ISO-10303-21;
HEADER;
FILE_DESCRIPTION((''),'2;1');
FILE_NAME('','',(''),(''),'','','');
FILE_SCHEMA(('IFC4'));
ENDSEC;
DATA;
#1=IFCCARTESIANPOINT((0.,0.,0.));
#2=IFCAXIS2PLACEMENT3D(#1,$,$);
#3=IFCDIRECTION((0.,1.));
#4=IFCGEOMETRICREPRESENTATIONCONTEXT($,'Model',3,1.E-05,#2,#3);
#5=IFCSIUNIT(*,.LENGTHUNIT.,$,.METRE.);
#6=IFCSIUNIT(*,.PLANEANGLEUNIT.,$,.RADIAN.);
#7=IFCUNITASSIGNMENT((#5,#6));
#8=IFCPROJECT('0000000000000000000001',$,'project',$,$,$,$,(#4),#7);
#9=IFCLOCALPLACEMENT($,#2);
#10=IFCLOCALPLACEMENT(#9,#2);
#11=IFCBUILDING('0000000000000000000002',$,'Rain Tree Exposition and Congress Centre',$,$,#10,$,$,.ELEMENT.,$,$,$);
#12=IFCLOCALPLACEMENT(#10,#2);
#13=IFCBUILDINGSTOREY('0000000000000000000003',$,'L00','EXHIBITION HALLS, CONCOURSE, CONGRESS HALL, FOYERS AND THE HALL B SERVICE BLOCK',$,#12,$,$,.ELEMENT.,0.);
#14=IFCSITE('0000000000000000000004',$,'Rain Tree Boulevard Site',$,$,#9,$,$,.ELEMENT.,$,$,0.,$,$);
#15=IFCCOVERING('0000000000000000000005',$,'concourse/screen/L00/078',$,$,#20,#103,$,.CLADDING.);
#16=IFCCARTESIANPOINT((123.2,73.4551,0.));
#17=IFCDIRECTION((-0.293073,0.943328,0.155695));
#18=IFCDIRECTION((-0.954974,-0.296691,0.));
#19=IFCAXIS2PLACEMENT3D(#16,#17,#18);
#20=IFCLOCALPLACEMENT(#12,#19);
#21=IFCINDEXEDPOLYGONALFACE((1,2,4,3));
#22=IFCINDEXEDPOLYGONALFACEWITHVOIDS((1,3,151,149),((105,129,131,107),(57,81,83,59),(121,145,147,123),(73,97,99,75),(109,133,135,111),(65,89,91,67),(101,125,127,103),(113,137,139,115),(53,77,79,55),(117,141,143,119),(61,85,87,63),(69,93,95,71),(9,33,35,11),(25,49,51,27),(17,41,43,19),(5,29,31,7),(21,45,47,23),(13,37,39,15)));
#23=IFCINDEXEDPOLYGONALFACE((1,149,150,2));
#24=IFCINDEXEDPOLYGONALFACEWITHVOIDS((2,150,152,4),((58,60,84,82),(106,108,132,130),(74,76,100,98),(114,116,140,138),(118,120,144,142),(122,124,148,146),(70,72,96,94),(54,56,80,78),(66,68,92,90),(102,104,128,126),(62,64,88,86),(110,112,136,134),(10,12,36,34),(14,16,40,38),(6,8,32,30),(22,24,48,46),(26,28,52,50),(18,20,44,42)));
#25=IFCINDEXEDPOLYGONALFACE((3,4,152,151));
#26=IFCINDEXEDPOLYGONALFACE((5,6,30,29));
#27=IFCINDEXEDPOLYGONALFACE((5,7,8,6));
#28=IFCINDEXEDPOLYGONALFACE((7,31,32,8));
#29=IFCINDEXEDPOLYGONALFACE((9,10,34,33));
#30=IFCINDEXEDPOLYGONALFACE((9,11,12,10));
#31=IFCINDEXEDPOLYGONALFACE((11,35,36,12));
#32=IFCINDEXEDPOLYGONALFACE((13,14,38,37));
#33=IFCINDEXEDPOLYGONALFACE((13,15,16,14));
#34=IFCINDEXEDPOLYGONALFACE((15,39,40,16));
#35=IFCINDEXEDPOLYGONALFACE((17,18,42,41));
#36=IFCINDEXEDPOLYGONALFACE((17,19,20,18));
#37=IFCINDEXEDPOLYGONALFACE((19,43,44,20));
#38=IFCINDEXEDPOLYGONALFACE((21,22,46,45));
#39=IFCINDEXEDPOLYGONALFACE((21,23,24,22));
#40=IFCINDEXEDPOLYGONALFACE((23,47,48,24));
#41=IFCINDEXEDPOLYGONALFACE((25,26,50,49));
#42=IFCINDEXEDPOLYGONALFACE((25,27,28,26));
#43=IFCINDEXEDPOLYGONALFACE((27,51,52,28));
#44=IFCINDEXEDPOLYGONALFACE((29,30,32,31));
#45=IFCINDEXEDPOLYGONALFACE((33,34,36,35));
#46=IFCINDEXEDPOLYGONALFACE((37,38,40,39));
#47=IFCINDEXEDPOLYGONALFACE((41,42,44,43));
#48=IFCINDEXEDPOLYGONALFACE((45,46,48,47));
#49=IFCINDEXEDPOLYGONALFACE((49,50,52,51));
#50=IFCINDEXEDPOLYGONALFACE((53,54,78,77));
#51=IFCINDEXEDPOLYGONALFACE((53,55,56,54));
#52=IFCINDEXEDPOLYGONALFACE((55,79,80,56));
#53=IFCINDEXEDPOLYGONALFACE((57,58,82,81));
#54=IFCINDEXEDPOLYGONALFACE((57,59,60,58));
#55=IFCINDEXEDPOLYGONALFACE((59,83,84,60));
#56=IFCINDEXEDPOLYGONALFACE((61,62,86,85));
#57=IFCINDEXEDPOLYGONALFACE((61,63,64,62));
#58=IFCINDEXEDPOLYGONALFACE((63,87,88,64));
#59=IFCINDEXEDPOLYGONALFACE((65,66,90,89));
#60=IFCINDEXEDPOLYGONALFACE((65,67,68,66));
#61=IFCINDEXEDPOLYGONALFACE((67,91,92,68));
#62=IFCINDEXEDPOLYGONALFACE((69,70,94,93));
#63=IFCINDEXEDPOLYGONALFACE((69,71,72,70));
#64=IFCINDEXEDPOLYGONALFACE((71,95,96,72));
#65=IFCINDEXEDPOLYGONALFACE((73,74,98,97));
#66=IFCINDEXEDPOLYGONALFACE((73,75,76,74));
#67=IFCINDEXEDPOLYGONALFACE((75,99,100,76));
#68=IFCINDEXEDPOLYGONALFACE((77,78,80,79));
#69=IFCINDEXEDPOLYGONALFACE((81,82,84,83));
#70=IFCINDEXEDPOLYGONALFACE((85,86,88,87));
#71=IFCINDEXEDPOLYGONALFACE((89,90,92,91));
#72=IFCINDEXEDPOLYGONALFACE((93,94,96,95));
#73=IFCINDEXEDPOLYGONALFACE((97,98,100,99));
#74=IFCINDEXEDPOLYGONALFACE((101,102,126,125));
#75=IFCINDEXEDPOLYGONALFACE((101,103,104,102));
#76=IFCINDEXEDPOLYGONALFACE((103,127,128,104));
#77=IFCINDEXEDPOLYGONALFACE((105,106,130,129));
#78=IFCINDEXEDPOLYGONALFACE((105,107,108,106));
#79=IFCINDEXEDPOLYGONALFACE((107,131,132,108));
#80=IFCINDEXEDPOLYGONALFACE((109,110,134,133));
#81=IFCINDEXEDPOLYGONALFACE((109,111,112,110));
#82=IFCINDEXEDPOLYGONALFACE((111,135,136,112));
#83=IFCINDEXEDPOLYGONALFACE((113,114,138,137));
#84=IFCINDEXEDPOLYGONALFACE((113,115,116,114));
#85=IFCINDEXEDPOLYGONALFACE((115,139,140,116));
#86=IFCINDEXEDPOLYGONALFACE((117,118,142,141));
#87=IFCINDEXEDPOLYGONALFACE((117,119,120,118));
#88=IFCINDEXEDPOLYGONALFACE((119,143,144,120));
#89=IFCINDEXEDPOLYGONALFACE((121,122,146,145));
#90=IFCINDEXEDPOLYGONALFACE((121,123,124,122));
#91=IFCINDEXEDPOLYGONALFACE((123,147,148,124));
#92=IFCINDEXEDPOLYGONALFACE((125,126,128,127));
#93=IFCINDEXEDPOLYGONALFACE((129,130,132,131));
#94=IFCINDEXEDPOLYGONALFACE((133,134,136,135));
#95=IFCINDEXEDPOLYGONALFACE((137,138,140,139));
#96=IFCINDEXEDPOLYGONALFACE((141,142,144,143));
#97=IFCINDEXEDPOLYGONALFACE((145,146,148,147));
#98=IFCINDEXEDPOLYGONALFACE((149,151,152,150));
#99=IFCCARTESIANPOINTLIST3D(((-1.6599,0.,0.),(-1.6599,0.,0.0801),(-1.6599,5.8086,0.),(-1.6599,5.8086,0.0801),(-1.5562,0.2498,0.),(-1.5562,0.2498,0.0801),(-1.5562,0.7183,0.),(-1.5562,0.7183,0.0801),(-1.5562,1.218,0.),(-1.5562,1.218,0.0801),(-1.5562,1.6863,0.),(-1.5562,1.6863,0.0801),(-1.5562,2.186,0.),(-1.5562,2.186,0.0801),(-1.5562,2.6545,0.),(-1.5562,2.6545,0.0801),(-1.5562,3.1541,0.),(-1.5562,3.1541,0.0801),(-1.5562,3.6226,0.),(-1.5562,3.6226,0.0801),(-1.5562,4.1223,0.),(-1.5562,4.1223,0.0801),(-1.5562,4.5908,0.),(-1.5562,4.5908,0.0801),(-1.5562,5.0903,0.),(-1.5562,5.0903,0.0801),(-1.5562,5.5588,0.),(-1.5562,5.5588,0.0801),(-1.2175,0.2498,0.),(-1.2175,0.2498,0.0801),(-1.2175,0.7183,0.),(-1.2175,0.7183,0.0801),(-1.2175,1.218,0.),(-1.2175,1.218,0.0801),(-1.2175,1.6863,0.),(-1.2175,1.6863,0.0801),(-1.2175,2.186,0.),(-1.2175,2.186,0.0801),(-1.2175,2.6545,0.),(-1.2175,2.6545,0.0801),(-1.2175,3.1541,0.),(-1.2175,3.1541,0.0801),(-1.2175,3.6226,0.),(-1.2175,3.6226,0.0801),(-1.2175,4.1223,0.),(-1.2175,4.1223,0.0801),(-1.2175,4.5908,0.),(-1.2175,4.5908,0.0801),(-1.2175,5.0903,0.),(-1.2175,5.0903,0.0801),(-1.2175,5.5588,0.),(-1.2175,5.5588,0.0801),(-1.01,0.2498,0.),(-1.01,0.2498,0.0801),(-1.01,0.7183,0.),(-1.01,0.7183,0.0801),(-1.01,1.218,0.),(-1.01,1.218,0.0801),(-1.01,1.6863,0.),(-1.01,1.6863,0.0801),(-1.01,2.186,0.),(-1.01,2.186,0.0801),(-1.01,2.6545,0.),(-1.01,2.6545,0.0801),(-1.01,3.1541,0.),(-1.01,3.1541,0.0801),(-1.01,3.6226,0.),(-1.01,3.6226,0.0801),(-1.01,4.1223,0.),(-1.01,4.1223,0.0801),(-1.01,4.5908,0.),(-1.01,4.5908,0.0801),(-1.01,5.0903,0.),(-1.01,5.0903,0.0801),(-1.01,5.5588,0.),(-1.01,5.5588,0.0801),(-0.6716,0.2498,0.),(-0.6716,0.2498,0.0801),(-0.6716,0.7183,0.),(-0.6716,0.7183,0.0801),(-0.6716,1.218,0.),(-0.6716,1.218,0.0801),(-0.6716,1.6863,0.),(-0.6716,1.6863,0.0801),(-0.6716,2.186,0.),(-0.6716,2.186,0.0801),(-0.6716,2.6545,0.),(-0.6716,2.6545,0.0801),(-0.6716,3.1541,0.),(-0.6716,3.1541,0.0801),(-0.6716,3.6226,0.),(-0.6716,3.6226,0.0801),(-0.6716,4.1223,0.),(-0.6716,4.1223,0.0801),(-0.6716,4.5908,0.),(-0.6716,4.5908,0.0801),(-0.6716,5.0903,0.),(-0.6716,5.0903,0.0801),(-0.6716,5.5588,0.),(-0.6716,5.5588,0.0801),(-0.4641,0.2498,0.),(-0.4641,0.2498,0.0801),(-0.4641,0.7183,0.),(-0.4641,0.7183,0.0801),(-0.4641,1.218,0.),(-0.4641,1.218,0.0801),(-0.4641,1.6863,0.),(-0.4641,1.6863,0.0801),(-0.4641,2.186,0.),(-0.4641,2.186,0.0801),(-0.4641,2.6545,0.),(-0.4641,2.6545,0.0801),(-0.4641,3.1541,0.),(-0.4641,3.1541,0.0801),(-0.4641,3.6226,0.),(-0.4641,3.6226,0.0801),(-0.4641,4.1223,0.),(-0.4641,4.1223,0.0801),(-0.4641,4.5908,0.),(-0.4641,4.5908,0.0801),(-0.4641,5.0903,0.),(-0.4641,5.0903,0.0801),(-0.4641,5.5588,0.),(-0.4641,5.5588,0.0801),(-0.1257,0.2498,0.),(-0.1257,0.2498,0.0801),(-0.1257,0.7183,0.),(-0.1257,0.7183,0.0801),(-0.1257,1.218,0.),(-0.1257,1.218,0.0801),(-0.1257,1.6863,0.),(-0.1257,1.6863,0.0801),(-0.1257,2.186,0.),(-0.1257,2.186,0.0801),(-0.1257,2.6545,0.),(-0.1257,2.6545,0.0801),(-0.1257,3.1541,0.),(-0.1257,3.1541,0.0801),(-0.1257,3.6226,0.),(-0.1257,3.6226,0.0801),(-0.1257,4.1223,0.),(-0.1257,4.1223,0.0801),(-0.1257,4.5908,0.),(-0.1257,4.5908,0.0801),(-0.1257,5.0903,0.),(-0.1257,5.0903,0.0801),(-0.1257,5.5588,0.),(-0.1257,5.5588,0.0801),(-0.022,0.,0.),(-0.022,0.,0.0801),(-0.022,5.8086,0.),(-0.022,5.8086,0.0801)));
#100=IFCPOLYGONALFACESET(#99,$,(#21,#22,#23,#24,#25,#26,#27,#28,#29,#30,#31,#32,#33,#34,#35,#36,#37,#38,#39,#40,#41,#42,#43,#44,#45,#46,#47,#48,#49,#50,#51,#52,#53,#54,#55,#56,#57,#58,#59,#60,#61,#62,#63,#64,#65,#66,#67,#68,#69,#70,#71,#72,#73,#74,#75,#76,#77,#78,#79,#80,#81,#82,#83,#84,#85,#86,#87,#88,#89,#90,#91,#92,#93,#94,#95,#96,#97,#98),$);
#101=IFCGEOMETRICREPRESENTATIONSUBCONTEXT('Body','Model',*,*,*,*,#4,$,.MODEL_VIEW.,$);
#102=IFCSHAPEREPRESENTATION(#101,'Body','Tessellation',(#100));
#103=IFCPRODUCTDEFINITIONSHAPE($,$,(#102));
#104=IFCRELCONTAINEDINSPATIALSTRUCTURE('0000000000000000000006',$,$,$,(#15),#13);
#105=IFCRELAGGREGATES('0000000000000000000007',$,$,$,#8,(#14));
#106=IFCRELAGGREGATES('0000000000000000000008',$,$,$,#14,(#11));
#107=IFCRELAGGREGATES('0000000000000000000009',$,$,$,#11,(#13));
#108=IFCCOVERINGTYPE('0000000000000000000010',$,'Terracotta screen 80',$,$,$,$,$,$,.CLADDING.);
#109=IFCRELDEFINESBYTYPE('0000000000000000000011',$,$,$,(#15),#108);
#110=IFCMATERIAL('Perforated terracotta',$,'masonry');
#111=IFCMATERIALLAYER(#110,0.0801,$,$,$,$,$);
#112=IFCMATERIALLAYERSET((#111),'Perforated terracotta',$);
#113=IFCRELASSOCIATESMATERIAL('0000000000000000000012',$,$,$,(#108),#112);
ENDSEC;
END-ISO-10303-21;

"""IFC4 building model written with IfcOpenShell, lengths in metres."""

from ifc_helpers import new_model, si_unit, direction, frame, origin, place, context, subcontext, project, spatial, polyline, outline, extrude, material, layer, layer_set, type_object, element, save


model = new_model("IFC4")

# Units and contexts
model_context = context("Model", 3, precision=1e-05, world=origin(), true_north=direction((0.0, 1.0)))
body_context = subcontext(model_context, "Body", "Model", "MODEL_VIEW")
ifc_project = project(units=[si_unit("LENGTHUNIT", "METRE"), si_unit("PLANEANGLEUNIT", "RADIAN")], contexts=[model_context])

# Site, building, storey
site_placement = place(None, origin())
site = spatial("IfcSite", under=ifc_project, at=site_placement, Name="Rain Tree Boulevard Site", CompositionType="ELEMENT", RefElevation=0.0)
building_placement = place(site_placement, origin())
building = spatial("IfcBuilding", under=site, at=building_placement, Name="Rain Tree Exposition and Congress Centre", CompositionType="ELEMENT")
storey_placement = place(building_placement, origin())
storey = spatial("IfcBuildingStorey", under=building, at=storey_placement, Name="L00", Description="EXHIBITION HALLS, CONCOURSE, CONGRESS HALL, FOYERS AND THE HALL B SERVICE BLOCK", CompositionType="ELEMENT", Elevation=0.0)

# Covering
ifc_material_1 = material(Name="Perforated terracotta", Category="masonry")
ifc_layer_1 = layer(ifc_material_1, 0.0801)
ifc_layer_set_1 = layer_set([ifc_layer_1], Name="Perforated terracotta")
covering_type = type_object("IfcCoveringType", Name="Terracotta screen 80", PredefinedType="CLADDING", material=ifc_layer_set_1)
covering_1_placement = place(storey_placement, frame((123.2, 73.4551, 0.0), z_axis=(-0.293073, 0.943328, 0.155695), x_axis=(-0.954974, -0.296691, 0.0)))
element("IfcCovering", 1, at=covering_1_placement, inside=storey, type_object=covering_type, Name="concourse/screen/L00/078", PredefinedType="CLADDING", context=body_context, shape_type="SweptSolid", body=[
    extrude(outline(polyline([(-0.022, 0.0), (-1.6599, 0.0), (-1.6599, 5.8086), (-0.022, 5.8086), (-0.022, 0.0)]), holes=[polyline([(-0.1257, 0.2498), (-0.1257, 0.7183), (-0.4641, 0.7183), (-0.4641, 0.2498), (-0.1257, 0.2498)]), polyline([(-0.1257, 1.218), (-0.1257, 1.6863), (-0.4641, 1.6863), (-0.4641, 1.218), (-0.1257, 1.218)]), polyline([(-0.1257, 2.186), (-0.1257, 2.6545), (-0.4641, 2.6545), (-0.4641, 2.186), (-0.1257, 2.186)]), polyline([(-0.1257, 3.1541), (-0.1257, 3.6226), (-0.4641, 3.6226), (-0.4641, 3.1541), (-0.1257, 3.1541)]), polyline([(-0.1257, 4.1223), (-0.1257, 4.5908), (-0.4641, 4.5908), (-0.4641, 4.1223), (-0.1257, 4.1223)]), polyline([(-0.1257, 5.0903), (-0.1257, 5.5588), (-0.4641, 5.5588), (-0.4641, 5.0903), (-0.1257, 5.0903)]), polyline([(-0.6716, 0.2498), (-0.6716, 0.7183), (-1.01, 0.7183), (-1.01, 0.2498), (-0.6716, 0.2498)]), polyline([(-0.6716, 1.218), (-0.6716, 1.6863), (-1.01, 1.6863), (-1.01, 1.218), (-0.6716, 1.218)]), polyline([(-0.6716, 2.186), (-0.6716, 2.6545), (-1.01, 2.6545), (-1.01, 2.186), (-0.6716, 2.186)]), polyline([(-0.6716, 3.1541), (-0.6716, 3.6226), (-1.01, 3.6226), (-1.01, 3.1541), (-0.6716, 3.1541)]), polyline([(-0.6716, 4.1223), (-0.6716, 4.5908), (-1.01, 4.5908), (-1.01, 4.1223), (-0.6716, 4.1223)]), polyline([(-0.6716, 5.0903), (-0.6716, 5.5588), (-1.01, 5.5588), (-1.01, 5.0903), (-0.6716, 5.0903)]), polyline([(-1.2175, 0.2498), (-1.2175, 0.7183), (-1.5562, 0.7183), (-1.5562, 0.2498), (-1.2175, 0.2498)]), polyline([(-1.2175, 1.218), (-1.2175, 1.6863), (-1.5562, 1.6863), (-1.5562, 1.218), (-1.2175, 1.218)]), polyline([(-1.2175, 2.186), (-1.2175, 2.6545), (-1.5562, 2.6545), (-1.5562, 2.186), (-1.2175, 2.186)]), polyline([(-1.2175, 3.1541), (-1.2175, 3.6226), (-1.5562, 3.6226), (-1.5562, 3.1541), (-1.2175, 3.1541)]), polyline([(-1.2175, 4.1223), (-1.2175, 4.5908), (-1.5562, 4.5908), (-1.5562, 4.1223), (-1.2175, 4.1223)]), polyline([(-1.2175, 5.0903), (-1.2175, 5.5588), (-1.5562, 5.5588), (-1.5562, 5.0903), (-1.2175, 5.0903)])]), origin(), (0.0, 0.0, 1.0), 0.0801),
])

save(model, "model.ifc")
